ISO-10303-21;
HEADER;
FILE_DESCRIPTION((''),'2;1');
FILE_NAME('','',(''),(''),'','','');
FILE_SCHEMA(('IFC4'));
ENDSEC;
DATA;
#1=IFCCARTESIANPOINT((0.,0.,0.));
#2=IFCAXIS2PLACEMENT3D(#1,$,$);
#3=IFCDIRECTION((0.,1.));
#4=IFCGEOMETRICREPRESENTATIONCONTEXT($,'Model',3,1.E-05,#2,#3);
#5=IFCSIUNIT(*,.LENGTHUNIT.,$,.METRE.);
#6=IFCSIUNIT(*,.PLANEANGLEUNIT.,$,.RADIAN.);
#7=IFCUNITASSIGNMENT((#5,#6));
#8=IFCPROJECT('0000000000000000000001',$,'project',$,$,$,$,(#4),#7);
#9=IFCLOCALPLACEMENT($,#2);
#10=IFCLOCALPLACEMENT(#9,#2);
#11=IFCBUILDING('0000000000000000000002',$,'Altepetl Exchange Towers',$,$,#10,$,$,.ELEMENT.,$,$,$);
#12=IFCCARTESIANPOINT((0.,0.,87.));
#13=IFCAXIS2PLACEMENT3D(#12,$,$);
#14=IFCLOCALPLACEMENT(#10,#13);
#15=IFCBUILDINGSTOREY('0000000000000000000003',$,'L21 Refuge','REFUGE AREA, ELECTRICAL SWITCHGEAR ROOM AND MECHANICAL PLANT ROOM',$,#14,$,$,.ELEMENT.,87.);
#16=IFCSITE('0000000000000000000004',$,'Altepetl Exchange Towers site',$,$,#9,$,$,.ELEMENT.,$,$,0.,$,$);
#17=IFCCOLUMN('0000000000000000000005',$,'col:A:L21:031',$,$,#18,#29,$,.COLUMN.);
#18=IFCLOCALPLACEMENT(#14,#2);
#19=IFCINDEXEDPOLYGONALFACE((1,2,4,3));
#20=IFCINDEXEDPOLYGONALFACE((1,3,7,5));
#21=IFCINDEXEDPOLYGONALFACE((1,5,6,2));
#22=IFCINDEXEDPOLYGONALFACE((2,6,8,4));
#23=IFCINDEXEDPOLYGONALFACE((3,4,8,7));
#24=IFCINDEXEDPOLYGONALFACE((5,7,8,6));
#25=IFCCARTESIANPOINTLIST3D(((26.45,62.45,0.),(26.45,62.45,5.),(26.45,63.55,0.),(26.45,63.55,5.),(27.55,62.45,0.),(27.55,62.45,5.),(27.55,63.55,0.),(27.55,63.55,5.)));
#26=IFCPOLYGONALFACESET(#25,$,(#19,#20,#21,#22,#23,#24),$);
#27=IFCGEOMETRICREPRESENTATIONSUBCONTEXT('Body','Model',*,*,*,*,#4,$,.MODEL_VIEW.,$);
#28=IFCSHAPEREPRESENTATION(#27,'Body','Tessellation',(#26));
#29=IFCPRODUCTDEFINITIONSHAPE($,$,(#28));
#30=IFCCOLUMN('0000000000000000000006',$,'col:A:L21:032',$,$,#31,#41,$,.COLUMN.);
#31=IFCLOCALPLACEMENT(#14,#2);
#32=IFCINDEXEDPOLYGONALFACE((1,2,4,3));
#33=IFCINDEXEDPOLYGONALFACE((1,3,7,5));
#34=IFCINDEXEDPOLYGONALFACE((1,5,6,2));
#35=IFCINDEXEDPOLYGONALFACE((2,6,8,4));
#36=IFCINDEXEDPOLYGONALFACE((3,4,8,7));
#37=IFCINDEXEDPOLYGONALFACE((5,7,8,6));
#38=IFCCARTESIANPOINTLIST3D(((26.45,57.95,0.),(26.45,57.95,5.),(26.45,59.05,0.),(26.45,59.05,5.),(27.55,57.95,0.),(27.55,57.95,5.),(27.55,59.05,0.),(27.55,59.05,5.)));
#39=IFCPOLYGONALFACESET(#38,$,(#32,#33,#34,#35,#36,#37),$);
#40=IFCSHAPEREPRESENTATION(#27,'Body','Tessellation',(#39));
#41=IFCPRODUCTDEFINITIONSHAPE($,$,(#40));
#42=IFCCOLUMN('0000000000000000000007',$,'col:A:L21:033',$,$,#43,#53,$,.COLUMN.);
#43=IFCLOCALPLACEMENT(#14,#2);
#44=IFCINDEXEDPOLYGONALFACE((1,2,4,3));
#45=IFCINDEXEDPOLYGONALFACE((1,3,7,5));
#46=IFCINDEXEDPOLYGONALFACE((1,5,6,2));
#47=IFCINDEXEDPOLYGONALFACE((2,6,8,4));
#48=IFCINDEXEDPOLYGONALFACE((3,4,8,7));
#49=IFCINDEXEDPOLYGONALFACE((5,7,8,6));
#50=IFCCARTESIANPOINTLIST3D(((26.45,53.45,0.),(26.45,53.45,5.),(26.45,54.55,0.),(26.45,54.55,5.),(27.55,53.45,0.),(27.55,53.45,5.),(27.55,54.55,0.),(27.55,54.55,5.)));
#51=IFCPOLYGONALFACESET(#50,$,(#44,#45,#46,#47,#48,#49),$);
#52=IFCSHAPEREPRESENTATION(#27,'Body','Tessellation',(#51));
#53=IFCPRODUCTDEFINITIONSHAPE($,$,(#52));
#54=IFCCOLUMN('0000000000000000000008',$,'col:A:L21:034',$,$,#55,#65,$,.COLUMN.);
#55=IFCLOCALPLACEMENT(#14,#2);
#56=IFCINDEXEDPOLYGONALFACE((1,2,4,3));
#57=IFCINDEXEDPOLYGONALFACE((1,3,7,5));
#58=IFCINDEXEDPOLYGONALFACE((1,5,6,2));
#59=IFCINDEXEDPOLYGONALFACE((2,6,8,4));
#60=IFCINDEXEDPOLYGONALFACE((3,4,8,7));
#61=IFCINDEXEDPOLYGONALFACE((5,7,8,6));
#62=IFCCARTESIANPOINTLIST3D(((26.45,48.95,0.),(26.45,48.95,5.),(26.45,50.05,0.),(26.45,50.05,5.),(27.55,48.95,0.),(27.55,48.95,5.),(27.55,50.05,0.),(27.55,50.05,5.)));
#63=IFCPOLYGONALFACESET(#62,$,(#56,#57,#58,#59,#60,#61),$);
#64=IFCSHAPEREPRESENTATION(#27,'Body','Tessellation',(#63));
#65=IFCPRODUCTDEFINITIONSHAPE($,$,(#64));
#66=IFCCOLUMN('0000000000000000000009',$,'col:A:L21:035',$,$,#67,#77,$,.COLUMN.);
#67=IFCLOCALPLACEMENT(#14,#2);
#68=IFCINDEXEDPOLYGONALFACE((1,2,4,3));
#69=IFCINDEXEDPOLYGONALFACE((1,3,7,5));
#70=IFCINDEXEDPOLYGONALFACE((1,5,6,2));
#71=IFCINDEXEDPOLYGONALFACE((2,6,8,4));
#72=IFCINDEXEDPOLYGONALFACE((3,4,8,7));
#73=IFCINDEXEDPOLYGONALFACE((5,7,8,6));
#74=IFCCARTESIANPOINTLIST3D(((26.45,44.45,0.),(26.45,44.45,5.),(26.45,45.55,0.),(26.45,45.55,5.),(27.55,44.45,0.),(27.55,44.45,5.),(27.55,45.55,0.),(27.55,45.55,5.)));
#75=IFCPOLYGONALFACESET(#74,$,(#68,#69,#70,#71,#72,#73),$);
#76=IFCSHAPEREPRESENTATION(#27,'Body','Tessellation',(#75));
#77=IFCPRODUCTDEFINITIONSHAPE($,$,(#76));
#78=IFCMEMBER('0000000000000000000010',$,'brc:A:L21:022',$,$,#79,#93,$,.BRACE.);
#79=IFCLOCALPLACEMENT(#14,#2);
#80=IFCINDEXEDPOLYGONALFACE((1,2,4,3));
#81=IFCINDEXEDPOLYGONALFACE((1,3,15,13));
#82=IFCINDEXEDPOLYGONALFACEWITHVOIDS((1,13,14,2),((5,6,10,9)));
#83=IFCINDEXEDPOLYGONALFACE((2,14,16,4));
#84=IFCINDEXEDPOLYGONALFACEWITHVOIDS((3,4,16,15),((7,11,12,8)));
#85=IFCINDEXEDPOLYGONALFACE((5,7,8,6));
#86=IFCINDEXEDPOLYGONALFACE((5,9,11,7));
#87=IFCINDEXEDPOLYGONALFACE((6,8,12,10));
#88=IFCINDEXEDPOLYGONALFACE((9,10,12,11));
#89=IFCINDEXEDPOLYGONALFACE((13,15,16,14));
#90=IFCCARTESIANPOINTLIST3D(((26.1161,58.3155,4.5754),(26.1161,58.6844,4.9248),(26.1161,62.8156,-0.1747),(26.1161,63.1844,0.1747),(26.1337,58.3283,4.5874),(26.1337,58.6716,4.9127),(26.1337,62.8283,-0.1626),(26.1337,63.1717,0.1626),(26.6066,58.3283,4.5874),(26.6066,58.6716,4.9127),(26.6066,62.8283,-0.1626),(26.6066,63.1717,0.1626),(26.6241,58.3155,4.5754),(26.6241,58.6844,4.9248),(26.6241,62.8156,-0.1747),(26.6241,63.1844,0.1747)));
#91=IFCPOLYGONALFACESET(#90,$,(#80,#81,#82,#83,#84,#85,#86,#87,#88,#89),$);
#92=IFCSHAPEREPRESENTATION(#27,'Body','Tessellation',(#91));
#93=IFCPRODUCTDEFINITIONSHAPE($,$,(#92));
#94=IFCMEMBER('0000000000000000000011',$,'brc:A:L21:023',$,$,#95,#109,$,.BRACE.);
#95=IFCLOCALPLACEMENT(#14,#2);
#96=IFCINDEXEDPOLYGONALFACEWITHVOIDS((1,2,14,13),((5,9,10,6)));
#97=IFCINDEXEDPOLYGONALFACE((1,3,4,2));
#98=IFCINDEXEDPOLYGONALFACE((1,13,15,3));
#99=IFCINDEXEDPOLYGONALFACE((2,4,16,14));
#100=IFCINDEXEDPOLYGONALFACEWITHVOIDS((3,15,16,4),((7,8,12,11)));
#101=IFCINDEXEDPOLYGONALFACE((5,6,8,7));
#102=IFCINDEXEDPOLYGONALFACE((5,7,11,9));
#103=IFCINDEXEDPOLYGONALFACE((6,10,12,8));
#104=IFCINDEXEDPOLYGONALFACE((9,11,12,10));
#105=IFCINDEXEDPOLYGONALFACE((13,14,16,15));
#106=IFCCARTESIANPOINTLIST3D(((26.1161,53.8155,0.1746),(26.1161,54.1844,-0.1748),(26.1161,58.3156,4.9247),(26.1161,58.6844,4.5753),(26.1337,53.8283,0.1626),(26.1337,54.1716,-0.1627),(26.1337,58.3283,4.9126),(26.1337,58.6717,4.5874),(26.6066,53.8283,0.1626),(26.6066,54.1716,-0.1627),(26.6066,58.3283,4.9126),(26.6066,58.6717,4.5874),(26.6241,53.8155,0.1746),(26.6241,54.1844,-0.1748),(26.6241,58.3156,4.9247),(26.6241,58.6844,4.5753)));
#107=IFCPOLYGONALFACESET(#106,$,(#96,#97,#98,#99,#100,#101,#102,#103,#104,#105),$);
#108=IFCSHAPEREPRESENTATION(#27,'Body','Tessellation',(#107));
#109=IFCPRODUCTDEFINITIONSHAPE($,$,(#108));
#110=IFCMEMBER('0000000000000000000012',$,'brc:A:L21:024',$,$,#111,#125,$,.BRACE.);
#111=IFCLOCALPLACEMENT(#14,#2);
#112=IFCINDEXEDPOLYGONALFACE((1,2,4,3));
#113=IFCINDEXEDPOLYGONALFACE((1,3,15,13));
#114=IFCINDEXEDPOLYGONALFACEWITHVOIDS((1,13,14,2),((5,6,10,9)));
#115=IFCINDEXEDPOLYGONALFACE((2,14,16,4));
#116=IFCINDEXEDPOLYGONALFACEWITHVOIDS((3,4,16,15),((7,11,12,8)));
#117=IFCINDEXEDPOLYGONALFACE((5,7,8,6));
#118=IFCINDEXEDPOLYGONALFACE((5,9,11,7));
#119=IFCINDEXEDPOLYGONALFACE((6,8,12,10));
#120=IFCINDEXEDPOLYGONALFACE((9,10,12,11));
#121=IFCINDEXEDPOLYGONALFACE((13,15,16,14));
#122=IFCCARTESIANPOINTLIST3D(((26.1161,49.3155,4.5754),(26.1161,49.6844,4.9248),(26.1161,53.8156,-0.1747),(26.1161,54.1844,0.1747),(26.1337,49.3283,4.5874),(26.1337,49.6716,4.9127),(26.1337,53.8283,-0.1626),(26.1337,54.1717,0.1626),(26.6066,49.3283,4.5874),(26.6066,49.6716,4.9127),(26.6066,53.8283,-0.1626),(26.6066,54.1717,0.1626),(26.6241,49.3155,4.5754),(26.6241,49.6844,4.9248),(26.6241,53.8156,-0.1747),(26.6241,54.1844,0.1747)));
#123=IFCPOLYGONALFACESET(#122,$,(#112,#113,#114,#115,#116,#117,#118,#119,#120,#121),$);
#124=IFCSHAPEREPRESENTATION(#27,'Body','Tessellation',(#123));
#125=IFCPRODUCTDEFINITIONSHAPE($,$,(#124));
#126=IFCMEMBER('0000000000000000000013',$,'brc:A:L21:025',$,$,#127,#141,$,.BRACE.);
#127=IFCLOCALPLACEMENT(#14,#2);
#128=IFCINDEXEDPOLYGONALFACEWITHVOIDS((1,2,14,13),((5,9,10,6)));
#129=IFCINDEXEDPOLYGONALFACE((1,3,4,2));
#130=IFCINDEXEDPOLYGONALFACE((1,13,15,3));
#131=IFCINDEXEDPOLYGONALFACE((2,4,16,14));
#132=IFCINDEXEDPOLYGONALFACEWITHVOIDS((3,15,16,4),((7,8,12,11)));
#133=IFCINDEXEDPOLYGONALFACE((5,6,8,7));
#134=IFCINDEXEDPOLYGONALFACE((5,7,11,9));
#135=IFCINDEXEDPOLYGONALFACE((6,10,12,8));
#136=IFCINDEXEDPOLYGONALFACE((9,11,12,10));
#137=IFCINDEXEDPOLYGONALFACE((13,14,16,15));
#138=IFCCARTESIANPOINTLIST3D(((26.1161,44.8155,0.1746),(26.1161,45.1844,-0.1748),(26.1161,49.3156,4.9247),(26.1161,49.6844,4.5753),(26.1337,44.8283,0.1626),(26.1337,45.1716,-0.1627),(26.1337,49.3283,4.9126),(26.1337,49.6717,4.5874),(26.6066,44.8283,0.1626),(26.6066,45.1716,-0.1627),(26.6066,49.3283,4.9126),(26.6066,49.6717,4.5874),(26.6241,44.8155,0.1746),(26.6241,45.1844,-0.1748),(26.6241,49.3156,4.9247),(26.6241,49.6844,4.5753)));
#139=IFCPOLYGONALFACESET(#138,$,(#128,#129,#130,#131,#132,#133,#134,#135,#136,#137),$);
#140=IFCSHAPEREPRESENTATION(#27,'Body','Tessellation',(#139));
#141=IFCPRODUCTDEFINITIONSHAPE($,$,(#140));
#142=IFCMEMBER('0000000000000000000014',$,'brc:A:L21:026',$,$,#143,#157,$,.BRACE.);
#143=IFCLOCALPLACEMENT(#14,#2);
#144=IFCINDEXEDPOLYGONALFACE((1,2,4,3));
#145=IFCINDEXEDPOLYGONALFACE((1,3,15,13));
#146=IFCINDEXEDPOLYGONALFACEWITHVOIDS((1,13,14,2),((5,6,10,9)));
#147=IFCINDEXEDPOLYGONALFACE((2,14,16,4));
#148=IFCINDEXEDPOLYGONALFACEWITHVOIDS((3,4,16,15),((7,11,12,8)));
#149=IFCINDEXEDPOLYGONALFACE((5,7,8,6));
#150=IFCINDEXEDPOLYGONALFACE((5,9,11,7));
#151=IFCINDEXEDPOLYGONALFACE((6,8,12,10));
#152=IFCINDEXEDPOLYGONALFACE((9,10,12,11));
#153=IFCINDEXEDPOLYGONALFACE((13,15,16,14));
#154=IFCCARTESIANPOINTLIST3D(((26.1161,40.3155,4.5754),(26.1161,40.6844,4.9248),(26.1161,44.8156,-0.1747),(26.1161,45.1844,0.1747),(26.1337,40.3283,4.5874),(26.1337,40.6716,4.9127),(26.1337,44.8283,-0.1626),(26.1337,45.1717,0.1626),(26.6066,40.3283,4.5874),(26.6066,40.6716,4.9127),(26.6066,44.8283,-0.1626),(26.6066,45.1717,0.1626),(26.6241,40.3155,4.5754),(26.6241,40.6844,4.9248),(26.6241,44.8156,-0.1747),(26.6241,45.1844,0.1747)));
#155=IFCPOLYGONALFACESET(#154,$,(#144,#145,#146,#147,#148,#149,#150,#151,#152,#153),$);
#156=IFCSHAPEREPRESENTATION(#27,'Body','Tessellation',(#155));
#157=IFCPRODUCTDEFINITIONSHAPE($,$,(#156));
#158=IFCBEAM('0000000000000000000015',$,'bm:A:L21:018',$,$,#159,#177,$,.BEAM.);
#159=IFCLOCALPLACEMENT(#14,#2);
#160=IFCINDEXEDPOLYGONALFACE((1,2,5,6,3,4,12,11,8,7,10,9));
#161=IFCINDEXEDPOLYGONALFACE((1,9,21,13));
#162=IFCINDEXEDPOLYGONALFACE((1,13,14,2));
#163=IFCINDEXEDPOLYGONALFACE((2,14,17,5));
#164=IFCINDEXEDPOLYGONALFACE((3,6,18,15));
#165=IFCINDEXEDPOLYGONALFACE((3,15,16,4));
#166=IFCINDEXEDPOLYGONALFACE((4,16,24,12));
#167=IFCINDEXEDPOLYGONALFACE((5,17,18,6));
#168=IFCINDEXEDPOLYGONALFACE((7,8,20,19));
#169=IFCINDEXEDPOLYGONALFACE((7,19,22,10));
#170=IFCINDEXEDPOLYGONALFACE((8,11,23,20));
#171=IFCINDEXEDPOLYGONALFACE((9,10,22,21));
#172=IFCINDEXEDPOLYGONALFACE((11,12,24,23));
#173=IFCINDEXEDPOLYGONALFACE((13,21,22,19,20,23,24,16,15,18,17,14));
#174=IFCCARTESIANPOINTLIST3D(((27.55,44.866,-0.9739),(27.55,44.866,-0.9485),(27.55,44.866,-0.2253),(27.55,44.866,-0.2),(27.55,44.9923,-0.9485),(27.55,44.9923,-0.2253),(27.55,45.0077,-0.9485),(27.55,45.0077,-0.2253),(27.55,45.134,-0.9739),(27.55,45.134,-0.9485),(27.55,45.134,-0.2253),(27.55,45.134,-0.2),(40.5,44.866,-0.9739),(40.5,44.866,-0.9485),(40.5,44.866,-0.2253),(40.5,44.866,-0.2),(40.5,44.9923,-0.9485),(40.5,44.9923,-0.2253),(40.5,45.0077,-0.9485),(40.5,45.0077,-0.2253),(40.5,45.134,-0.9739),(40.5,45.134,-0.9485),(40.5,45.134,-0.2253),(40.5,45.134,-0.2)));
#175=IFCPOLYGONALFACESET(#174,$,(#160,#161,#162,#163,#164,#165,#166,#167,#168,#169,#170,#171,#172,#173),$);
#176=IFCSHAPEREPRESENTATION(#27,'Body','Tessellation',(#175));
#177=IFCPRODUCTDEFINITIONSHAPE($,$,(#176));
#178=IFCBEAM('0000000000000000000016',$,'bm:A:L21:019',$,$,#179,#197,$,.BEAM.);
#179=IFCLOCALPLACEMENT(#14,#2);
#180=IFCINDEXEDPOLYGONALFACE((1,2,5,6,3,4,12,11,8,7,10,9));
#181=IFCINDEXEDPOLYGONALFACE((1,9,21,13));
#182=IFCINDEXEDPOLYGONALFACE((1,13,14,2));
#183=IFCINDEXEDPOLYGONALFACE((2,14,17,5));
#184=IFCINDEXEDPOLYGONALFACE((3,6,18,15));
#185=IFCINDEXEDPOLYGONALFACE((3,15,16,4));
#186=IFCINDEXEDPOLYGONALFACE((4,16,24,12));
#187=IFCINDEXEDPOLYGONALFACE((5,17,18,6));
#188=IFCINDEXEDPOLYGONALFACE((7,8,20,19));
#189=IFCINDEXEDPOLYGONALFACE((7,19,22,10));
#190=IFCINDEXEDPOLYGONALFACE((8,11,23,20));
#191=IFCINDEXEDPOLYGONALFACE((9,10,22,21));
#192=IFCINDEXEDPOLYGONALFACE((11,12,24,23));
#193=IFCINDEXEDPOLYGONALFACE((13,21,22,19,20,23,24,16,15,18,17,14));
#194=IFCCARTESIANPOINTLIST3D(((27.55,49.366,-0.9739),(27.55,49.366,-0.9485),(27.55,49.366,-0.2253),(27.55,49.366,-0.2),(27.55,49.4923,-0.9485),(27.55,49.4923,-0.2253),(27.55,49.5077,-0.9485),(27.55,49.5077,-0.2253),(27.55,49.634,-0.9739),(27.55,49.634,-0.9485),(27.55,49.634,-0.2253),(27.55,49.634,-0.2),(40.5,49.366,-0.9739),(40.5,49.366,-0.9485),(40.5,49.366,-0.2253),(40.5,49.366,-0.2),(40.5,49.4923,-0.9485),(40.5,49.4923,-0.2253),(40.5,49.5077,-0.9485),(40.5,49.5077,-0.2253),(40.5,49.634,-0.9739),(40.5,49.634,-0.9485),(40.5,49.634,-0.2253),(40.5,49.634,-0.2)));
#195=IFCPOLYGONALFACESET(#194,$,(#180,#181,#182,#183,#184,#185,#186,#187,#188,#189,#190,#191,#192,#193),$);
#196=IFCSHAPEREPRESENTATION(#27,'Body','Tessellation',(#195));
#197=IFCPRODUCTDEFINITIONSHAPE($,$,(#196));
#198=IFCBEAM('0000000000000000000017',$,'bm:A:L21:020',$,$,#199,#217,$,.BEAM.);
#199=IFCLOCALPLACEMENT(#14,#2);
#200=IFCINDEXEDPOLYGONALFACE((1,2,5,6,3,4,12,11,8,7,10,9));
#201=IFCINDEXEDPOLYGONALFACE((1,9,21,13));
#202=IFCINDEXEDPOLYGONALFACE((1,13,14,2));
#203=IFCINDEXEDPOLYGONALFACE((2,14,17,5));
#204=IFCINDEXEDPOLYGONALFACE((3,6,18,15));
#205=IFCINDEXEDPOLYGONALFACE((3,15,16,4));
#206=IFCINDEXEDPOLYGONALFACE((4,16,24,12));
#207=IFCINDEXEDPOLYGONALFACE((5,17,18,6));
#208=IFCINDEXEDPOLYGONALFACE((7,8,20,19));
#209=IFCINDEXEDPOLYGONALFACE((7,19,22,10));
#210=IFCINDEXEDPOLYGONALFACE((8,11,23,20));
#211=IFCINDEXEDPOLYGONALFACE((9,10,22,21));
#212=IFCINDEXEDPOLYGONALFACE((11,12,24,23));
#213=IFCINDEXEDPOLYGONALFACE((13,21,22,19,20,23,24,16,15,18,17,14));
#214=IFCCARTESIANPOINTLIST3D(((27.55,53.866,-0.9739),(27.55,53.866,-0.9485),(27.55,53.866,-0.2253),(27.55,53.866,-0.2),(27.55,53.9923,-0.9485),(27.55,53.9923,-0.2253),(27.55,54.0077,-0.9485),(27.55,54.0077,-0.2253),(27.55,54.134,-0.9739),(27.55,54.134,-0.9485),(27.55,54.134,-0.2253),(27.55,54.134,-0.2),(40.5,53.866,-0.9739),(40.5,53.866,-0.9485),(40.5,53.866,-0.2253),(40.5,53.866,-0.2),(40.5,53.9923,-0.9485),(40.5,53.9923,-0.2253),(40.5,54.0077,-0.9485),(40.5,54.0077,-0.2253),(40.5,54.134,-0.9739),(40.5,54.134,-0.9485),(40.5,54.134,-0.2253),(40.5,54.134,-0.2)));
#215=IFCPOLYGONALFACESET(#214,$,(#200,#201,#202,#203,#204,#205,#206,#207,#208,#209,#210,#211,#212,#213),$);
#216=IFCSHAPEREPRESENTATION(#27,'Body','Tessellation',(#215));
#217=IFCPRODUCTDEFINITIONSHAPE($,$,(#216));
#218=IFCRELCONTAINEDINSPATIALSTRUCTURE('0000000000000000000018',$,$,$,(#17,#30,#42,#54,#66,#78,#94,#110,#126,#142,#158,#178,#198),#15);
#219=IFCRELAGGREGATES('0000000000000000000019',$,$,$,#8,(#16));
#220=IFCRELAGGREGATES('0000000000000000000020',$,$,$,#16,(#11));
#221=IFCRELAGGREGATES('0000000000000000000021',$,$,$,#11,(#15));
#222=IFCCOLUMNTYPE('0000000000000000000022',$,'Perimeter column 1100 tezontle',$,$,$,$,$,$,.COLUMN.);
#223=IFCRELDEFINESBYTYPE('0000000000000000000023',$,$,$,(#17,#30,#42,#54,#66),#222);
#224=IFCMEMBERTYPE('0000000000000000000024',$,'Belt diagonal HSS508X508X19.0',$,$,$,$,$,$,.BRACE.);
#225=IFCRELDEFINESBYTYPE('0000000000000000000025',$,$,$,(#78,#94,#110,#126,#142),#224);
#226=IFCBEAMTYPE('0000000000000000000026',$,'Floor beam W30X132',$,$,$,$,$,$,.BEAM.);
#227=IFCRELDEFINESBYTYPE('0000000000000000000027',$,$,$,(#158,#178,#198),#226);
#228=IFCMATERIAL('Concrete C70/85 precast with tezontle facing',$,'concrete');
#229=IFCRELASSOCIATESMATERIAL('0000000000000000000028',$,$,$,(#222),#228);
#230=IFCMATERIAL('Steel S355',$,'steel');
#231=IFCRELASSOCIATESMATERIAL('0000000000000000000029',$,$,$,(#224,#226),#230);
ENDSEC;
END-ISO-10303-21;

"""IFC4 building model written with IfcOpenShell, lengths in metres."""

from ifc_helpers import new_model, si_unit, direction, frame, origin, origin_2d, place, context, subcontext, project, spatial, rectangle, hollow_rectangle, i_section, extrude, material, material_profile, profile_set, type_object, element, save


model = new_model("IFC4")

# Units and contexts
model_context = context("Model", 3, precision=1e-05, world=origin(), true_north=direction((0.0, 1.0)))
body_context = subcontext(model_context, "Body", "Model", "MODEL_VIEW")
ifc_project = project(units=[si_unit("LENGTHUNIT", "METRE"), si_unit("PLANEANGLEUNIT", "RADIAN")], contexts=[model_context])

# Site, building, storey
site_placement = place(None, origin())
site = spatial("IfcSite", under=ifc_project, at=site_placement, Name="Altepetl Exchange Towers site", CompositionType="ELEMENT", RefElevation=0.0)
building_placement = place(site_placement, origin())
building = spatial("IfcBuilding", under=site, at=building_placement, Name="Altepetl Exchange Towers", CompositionType="ELEMENT")
storey_placement = place(building_placement, frame((0.0, 0.0, 87.0)))
storey = spatial("IfcBuildingStorey", under=building, at=storey_placement, Name="L21 Refuge", Description="REFUGE AREA, ELECTRICAL SWITCHGEAR ROOM AND MECHANICAL PLANT ROOM", CompositionType="ELEMENT", Elevation=87.0)

# Columns
ifc_material_1 = material(Name="Concrete C70/85 precast with tezontle facing", Category="concrete")
ifc_material_profile_1 = material_profile(ifc_material_1, rectangle(XDim=1.1001, YDim=1.1001, at=origin_2d()), Name="1100 x 1100")
ifc_profile_set_1 = profile_set([ifc_material_profile_1], Name="Concrete C70/85 precast with tezontle facing")
column_type = type_object("IfcColumnType", Name="Perimeter column 1100 tezontle", PredefinedType="COLUMN", material=ifc_profile_set_1)
for number, where, name in (
    (1, (27.0, 63.0, 0.0), "col:A:L21:031"),
    (2, (27.0, 58.5, 0.0), "col:A:L21:032"),
    (3, (27.0, 54.0, 0.0), "col:A:L21:033"),
    (4, (27.0, 49.5, 0.0), "col:A:L21:034"),
    (5, (27.0, 45.0, 0.0), "col:A:L21:035"),
):
    element("IfcColumn", number, at=place(storey_placement, frame(where)), inside=storey, type_object=column_type, Name=name, PredefinedType="COLUMN", context=body_context, shape_type="SweptSolid", body=[
        extrude(rectangle(XDim=1.1001, YDim=1.1001, at=origin_2d()), origin(), (0.0, 0.0, 1.0), 5.0),
    ])

# Members
ifc_material_2 = material(Name="Steel S355", Category="steel")
ifc_material_profile_2 = material_profile(ifc_material_2, hollow_rectangle(XDim=0.5081, YDim=0.5081, WallThickness=0.0176, at=origin_2d()), Name="HSS508X508X19.0")
ifc_profile_set_2 = profile_set([ifc_material_profile_2], Name="Steel S355")
member_type_1 = type_object("IfcMemberType", Name="Belt diagonal HSS508X508X19.0", PredefinedType="BRACE", material=ifc_profile_set_2)
for number, where, z_axis, x_axis, name in (
    (6, (26.3701, 63.0, 0.0), (0.0, -0.687745, 0.725953), (1.0, 0.0, 0.0), "brc:A:L21:022"),
    (7, (26.3701, 58.5, 4.75), (0.0, -0.687745, -0.725953), (1.0, 0.0, 0.0), "brc:A:L21:023"),
    (8, (26.3701, 54.0, 0.0), (0.0, -0.687745, 0.725953), (1.0, 0.0, 0.0), "brc:A:L21:024"),
    (9, (26.3701, 49.5, 4.75), (0.0, -0.687745, -0.725953), (1.0, 0.0, 0.0), "brc:A:L21:025"),
    (10, (26.3701, 45.0, 0.0), (0.0, -0.687745, 0.725953), (1.0, 0.0, 0.0), "brc:A:L21:026"),
):
    element("IfcMember", number, at=place(storey_placement, frame(where, z_axis=z_axis, x_axis=x_axis)), inside=storey, type_object=member_type_1, Name=name, PredefinedType="BRACE", context=body_context, shape_type="SweptSolid", body=[
        extrude(hollow_rectangle(XDim=0.5081, YDim=0.5081, WallThickness=0.0176, at=origin_2d()), origin(), (0.0, 0.0, 1.0), 6.5432),
    ])

# Beams
ifc_material_profile_3 = material_profile(ifc_material_2, i_section(OverallWidth=0.2681, OverallDepth=0.7739, WebThickness=0.0154, FlangeThickness=0.0254, at=origin_2d()), Name="W30X132")
ifc_profile_set_3 = profile_set([ifc_material_profile_3], Name="Steel S355")
beam_type_1 = type_object("IfcBeamType", Name="Floor beam W30X132", PredefinedType="BEAM", material=ifc_profile_set_3)
for number, where, z_axis, x_axis, name in (
    (11, (27.55, 45.0, -0.5869), (1.0, 0.0, 0.0), (0.0, 1.0, 0.0), "bm:A:L21:018"),
    (12, (27.55, 49.5, -0.5869), (1.0, 0.0, 0.0), (0.0, 1.0, 0.0), "bm:A:L21:019"),
    (13, (27.55, 54.0, -0.5869), (1.0, 0.0, 0.0), (0.0, 1.0, 0.0), "bm:A:L21:020"),
):
    element("IfcBeam", number, at=place(storey_placement, frame(where, z_axis=z_axis, x_axis=x_axis)), inside=storey, type_object=beam_type_1, Name=name, PredefinedType="BEAM", context=body_context, shape_type="SweptSolid", body=[
        extrude(i_section(OverallWidth=0.2681, OverallDepth=0.7739, WebThickness=0.0154, FlangeThickness=0.0254, at=origin_2d()), origin(), (0.0, 0.0, 1.0), 12.95),
    ])

save(model, "model.ifc")
